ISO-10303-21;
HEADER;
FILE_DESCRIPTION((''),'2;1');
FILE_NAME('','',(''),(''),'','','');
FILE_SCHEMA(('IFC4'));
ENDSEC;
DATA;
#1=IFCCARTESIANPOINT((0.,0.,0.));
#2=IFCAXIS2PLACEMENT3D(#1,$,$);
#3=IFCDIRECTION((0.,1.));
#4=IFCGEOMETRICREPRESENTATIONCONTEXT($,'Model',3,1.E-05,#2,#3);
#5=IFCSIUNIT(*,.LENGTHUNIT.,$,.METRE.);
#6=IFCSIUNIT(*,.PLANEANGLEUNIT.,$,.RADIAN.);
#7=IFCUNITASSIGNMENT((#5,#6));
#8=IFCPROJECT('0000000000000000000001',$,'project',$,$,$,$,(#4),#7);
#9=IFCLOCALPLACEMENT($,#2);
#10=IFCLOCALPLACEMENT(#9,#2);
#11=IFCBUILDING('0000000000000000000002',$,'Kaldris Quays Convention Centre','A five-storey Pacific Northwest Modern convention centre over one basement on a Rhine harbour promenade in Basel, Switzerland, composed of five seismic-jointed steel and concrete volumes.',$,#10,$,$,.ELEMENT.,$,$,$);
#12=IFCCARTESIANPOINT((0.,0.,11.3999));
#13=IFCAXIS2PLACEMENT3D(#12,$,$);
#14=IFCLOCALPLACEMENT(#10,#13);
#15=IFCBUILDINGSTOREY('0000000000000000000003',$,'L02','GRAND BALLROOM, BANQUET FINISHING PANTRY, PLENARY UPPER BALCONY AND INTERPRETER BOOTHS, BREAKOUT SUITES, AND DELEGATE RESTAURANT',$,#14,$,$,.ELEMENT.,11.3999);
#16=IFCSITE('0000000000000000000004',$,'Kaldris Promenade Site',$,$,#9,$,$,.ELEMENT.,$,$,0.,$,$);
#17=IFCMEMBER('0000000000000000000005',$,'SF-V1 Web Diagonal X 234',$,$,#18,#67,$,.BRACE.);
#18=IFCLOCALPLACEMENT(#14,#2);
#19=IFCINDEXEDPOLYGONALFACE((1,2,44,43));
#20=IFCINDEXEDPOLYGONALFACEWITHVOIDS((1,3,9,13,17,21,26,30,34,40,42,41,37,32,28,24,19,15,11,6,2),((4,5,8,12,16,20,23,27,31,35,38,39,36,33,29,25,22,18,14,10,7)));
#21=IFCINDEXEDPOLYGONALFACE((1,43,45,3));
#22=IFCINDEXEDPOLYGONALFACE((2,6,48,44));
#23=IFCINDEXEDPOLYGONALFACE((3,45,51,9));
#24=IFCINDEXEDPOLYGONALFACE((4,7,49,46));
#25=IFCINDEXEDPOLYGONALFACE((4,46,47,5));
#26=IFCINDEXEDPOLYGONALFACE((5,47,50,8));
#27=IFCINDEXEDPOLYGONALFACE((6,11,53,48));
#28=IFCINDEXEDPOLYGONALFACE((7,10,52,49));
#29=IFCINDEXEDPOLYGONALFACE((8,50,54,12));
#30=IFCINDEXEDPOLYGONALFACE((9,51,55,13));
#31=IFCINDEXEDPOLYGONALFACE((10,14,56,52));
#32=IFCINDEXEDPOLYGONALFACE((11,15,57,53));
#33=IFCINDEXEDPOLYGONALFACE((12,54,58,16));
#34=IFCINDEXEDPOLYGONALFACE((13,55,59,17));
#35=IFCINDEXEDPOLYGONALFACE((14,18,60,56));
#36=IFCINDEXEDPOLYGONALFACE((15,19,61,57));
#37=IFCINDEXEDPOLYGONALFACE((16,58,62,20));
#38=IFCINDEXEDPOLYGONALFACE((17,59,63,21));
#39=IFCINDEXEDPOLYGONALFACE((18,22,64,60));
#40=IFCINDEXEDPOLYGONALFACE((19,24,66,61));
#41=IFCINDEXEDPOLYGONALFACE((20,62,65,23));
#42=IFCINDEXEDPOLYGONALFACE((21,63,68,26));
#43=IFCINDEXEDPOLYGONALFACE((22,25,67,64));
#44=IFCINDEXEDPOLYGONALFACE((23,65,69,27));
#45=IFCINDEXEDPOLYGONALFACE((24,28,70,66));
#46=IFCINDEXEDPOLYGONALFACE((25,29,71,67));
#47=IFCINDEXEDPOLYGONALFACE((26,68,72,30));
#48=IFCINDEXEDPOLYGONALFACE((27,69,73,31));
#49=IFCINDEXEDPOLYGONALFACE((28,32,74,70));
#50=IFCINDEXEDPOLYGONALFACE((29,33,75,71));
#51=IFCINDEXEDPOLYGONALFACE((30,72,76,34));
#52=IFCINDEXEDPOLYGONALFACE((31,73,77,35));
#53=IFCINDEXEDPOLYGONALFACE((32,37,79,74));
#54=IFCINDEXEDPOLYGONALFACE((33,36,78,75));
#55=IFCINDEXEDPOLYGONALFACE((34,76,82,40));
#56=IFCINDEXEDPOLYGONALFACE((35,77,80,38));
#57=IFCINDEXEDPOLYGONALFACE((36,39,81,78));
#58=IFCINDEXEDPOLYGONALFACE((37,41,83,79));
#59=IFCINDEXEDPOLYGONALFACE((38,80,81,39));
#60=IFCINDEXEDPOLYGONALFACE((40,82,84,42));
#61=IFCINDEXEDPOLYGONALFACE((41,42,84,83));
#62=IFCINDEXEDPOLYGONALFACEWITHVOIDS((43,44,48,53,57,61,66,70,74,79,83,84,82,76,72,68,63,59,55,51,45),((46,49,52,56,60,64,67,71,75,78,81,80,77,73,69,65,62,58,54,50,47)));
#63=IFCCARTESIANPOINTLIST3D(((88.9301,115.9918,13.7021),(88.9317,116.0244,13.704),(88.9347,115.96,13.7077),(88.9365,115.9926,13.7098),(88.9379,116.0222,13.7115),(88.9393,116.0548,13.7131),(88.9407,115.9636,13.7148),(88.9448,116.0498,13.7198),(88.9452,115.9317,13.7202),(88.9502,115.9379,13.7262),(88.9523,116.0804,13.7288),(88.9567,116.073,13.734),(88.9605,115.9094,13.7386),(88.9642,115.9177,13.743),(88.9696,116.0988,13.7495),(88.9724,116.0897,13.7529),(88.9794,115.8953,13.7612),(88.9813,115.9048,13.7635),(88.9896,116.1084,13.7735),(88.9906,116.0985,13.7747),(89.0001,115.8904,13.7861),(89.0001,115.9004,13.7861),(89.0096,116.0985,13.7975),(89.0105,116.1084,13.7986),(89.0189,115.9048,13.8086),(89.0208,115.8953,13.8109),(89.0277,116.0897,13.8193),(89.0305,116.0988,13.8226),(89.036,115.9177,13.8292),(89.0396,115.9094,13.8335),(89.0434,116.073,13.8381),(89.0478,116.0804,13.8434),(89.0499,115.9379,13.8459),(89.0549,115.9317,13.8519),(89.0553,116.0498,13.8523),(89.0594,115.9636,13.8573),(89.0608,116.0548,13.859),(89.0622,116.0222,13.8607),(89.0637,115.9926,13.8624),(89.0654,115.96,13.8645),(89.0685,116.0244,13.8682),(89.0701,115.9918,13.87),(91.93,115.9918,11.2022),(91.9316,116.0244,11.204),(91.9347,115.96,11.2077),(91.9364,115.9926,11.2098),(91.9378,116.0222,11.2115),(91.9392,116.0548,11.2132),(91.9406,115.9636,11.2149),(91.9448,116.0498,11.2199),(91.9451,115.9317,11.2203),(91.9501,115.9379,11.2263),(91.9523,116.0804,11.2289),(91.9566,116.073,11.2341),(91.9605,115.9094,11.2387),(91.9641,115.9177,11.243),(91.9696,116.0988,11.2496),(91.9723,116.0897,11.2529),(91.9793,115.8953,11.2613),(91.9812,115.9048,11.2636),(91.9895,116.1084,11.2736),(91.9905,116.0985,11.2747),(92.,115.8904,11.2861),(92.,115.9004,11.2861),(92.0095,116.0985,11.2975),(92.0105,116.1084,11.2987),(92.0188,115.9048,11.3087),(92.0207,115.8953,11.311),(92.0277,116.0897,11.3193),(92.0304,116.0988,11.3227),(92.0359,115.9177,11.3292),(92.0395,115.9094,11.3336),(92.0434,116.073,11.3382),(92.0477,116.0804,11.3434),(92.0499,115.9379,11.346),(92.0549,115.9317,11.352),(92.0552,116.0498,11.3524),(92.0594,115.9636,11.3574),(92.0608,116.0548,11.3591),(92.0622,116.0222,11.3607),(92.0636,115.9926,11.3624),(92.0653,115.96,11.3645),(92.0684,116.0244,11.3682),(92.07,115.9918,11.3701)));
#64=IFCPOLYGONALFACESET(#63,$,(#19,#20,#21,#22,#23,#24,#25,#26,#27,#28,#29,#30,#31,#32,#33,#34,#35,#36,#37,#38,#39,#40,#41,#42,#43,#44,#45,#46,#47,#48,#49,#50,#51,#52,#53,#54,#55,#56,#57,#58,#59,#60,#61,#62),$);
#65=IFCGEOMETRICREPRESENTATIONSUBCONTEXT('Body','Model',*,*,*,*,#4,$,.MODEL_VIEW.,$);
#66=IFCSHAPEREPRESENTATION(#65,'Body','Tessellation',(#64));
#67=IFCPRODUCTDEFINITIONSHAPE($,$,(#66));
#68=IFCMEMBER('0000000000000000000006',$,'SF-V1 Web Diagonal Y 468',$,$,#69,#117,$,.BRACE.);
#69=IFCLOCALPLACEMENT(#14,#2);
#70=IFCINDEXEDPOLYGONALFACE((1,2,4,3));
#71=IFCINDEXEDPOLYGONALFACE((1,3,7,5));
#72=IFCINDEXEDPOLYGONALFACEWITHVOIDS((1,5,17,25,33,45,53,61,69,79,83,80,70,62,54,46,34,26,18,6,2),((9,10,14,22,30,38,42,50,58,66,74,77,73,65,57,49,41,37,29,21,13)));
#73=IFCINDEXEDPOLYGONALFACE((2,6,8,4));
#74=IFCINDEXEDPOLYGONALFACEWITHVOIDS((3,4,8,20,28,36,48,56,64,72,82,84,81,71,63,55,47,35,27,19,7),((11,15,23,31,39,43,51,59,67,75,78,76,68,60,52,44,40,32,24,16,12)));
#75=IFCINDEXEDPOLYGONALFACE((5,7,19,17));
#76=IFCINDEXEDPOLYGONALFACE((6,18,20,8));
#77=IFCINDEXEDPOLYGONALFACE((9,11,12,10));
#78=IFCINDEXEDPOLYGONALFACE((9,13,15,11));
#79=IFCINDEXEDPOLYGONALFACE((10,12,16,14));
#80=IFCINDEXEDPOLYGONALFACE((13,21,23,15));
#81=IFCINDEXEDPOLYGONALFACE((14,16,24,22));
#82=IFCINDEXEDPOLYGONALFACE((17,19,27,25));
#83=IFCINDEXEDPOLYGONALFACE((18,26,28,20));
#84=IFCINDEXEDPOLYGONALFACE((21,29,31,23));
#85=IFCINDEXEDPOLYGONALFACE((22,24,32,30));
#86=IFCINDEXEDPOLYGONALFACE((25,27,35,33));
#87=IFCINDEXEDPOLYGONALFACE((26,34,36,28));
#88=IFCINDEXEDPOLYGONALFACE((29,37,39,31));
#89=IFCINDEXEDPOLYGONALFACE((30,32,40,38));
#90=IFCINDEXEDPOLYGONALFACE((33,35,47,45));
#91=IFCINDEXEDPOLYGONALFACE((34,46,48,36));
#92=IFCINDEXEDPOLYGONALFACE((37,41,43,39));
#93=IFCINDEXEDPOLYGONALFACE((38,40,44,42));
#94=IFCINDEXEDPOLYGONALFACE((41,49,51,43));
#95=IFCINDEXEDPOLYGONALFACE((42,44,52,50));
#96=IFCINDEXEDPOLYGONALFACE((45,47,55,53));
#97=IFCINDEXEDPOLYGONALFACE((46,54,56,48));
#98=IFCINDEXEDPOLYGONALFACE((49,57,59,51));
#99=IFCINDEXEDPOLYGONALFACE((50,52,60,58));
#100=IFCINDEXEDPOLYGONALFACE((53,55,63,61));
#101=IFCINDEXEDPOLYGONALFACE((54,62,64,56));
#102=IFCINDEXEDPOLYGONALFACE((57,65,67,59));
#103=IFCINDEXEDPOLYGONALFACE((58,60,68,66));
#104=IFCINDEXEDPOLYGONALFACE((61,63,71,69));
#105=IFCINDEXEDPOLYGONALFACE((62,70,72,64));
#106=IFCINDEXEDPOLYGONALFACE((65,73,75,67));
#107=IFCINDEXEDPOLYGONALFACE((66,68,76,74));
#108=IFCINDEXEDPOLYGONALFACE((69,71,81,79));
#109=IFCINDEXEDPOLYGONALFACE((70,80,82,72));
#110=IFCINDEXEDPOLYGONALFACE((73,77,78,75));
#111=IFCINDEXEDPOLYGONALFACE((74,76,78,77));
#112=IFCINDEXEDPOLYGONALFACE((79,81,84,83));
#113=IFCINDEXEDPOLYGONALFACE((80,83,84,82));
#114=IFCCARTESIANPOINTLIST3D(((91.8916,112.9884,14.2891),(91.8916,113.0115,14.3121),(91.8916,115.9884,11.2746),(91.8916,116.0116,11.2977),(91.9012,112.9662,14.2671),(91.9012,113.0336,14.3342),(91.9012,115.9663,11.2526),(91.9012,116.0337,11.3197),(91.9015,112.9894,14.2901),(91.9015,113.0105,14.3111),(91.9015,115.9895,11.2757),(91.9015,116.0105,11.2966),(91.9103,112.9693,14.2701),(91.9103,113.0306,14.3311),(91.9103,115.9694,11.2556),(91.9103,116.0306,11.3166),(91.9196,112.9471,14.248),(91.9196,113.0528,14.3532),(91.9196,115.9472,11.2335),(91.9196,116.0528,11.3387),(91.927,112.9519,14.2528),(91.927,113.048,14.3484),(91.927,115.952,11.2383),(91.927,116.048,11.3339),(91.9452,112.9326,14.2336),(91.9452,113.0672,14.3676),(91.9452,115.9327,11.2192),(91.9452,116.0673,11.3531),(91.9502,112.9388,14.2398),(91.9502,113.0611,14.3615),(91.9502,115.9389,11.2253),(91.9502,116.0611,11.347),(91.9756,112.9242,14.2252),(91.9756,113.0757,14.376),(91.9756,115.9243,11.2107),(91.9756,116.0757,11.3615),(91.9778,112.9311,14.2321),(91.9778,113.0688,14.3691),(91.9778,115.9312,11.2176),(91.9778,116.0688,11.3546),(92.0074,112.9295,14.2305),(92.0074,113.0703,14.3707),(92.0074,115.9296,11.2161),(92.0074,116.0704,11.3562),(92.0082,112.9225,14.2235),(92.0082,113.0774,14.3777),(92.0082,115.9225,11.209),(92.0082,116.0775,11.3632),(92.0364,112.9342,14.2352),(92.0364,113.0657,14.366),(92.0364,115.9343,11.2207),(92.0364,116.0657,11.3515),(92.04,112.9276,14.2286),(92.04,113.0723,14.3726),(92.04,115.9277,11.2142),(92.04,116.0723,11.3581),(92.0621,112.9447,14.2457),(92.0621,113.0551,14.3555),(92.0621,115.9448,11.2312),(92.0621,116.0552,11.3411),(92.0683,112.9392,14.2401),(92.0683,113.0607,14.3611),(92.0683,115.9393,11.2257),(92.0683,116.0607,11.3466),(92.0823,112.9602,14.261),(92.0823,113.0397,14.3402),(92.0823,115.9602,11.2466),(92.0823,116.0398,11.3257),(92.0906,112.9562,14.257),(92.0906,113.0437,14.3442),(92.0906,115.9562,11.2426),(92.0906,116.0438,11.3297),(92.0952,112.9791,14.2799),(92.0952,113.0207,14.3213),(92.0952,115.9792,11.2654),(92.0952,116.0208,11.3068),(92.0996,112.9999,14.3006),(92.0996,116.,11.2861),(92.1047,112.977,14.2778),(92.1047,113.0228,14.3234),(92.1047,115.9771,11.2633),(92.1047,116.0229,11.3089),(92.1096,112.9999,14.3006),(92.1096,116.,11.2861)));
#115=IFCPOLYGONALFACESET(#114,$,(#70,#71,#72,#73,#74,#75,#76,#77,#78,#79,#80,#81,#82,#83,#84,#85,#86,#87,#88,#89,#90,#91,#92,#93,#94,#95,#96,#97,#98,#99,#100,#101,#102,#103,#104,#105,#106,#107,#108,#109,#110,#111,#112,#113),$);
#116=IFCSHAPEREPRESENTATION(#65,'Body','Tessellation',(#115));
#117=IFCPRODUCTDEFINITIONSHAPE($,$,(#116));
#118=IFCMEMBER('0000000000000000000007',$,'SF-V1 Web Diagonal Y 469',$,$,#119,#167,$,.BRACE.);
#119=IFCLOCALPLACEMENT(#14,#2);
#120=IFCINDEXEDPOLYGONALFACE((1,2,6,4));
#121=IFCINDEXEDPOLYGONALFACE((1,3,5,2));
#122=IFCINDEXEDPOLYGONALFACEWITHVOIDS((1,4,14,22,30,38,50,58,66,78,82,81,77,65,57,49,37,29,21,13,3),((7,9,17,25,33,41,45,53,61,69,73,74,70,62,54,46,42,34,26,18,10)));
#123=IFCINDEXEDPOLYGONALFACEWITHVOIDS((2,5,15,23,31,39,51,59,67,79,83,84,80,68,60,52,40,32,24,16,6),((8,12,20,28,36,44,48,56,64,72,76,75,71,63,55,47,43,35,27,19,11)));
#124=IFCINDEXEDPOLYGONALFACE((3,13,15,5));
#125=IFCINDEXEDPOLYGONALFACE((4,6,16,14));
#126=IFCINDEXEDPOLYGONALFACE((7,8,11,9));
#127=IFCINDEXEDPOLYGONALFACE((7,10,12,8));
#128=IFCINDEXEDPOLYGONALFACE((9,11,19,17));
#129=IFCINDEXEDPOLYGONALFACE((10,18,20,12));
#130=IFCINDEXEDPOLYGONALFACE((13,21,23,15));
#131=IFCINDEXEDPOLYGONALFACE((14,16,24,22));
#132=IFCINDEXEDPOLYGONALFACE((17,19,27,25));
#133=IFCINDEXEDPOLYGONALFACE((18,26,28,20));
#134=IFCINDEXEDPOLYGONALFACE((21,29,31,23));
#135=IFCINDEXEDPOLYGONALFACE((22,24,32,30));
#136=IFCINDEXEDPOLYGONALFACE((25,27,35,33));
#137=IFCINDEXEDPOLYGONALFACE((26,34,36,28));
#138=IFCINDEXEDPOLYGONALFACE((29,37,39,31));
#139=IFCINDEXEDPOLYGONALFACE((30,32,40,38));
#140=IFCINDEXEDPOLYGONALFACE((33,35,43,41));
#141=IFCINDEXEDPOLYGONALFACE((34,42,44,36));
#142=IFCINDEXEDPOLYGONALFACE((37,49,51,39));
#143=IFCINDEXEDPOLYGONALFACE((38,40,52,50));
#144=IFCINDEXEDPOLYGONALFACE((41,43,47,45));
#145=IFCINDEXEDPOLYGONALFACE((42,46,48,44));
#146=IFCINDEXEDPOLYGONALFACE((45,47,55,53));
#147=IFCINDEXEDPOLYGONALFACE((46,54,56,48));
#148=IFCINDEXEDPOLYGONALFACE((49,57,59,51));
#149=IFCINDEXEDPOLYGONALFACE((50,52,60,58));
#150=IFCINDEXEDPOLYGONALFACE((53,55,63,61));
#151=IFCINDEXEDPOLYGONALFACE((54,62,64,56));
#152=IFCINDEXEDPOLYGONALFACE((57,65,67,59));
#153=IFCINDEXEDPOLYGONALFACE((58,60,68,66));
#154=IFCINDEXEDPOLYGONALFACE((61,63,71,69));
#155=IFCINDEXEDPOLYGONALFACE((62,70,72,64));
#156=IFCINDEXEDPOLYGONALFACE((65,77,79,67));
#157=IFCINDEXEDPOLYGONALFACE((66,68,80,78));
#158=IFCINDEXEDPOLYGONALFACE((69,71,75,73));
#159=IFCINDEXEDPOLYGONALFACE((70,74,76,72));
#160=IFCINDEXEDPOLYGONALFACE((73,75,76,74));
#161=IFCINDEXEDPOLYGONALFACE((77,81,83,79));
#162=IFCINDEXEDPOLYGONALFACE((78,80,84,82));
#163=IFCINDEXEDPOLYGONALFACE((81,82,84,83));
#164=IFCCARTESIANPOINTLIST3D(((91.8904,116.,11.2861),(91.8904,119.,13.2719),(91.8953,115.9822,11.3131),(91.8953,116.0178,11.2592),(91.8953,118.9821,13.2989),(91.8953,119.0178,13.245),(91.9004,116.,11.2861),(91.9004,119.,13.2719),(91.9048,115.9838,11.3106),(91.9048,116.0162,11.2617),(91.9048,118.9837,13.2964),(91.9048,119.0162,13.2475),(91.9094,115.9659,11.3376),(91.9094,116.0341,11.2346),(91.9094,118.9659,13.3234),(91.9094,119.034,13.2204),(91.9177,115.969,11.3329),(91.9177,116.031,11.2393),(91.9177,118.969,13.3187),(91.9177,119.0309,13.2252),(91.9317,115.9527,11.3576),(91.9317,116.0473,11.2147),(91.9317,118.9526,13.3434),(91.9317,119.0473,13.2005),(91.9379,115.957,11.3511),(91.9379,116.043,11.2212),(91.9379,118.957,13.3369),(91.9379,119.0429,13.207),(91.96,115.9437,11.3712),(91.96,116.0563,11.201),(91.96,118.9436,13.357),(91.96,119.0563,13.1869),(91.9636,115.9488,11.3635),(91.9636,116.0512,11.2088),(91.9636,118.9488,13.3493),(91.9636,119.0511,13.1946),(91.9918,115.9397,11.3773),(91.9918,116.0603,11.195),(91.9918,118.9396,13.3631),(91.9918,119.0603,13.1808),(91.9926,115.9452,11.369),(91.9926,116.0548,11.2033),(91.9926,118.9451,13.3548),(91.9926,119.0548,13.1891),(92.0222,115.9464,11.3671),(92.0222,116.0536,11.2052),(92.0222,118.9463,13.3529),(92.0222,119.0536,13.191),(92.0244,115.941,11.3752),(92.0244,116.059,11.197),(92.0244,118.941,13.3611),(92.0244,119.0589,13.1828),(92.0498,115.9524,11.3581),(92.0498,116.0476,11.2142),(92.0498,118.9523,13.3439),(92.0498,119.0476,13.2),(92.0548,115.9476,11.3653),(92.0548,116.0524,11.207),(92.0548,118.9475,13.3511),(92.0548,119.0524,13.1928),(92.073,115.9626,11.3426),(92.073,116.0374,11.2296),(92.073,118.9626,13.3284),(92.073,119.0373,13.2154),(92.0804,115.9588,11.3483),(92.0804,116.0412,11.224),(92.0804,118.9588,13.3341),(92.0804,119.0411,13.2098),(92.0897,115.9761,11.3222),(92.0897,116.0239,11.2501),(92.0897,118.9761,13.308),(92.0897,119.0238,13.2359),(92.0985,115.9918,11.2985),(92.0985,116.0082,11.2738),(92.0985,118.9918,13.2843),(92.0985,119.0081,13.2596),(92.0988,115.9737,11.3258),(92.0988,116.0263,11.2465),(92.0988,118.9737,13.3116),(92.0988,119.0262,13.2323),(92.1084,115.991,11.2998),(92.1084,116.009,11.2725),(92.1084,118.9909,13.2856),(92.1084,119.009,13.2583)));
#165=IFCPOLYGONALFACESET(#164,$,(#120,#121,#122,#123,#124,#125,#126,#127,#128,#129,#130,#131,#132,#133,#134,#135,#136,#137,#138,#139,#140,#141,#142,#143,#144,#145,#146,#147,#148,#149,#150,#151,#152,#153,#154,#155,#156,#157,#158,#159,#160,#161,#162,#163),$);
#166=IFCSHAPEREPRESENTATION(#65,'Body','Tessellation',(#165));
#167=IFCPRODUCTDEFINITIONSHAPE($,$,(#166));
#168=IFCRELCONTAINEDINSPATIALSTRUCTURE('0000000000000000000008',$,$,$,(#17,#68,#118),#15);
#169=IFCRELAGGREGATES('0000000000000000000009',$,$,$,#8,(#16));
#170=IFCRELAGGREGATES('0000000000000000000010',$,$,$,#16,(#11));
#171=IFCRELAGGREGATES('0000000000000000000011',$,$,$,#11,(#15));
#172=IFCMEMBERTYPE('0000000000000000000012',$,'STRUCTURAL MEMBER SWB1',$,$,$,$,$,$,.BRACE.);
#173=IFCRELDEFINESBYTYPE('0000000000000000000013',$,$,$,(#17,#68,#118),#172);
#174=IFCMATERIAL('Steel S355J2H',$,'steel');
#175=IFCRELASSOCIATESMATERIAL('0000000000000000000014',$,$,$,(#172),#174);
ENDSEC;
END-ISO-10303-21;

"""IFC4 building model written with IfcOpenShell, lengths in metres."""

from ifc_helpers import new_model, si_unit, direction, frame, origin, origin_2d, place, context, subcontext, project, spatial, hollow_circle, extrude, material, material_profile, profile_set, type_object, element, save


model = new_model("IFC4")

# Units and contexts
model_context = context("Model", 3, precision=1e-05, world=origin(), true_north=direction((0.0, 1.0)))
body_context = subcontext(model_context, "Body", "Model", "MODEL_VIEW")
ifc_project = project(units=[si_unit("LENGTHUNIT", "METRE"), si_unit("PLANEANGLEUNIT", "RADIAN")], contexts=[model_context])

# Site, building, storey
site_placement = place(None, origin())
site = spatial("IfcSite", under=ifc_project, at=site_placement, Name="Kaldris Promenade Site", CompositionType="ELEMENT", RefElevation=0.0)
building_placement = place(site_placement, origin())
building = spatial("IfcBuilding", under=site, at=building_placement, Name="Kaldris Quays Convention Centre", Description="A five-storey Pacific Northwest Modern convention centre over one basement on a Rhine harbour promenade in Basel, Switzerland, composed of five seismic-jointed steel and concrete volumes.", CompositionType="ELEMENT")
storey_placement = place(building_placement, frame((0.0, 0.0, 11.3999)))
storey = spatial("IfcBuildingStorey", under=building, at=storey_placement, Name="L02", Description="GRAND BALLROOM, BANQUET FINISHING PANTRY, PLENARY UPPER BALCONY AND INTERPRETER BOOTHS, BREAKOUT SUITES, AND DELEGATE RESTAURANT", CompositionType="ELEMENT", Elevation=11.3999)

# Members
ifc_material_1 = material(Name="Steel S355J2H", Category="steel")
ifc_material_profile_1 = material_profile(ifc_material_1, hollow_circle(Radius=0.1096, WallThickness=0.01, at=origin_2d()), Name="CHS 219.1x10")
ifc_profile_set_1 = profile_set([ifc_material_profile_1], Name="Steel S355J2H")
member_type_1 = type_object("IfcMemberType", Name="STRUCTURAL MEMBER SWB1", PredefinedType="BRACE", material=ifc_profile_set_1)
for number, where, z_axis, x_axis, name in (
    (1, (92.0, 116.0, 11.2861), (-0.768221, 0.0, 0.640184), (0.0, -1.0, 0.0), "SF-V1 Web Diagonal X 234"),
):
    element("IfcMember", number, at=place(storey_placement, frame(where, z_axis=z_axis, x_axis=x_axis)), inside=storey, type_object=member_type_1, Name=name, PredefinedType="BRACE", context=body_context, shape_type="SweptSolid", body=[
        extrude(hollow_circle(Radius=0.1096, WallThickness=0.01, at=origin_2d()), origin(), (0.0, 0.0, 1.0), 3.905),
    ])
member_1_placement = place(storey_placement, frame((92.0, 116.0, 11.2861), z_axis=(0.0, -0.705411, 0.708798), x_axis=(1.0, 0.0, 0.0)))
element("IfcMember", 2, at=member_1_placement, inside=storey, type_object=member_type_1, Name="SF-V1 Web Diagonal Y 468", PredefinedType="BRACE", context=body_context, shape_type="SweptSolid", body=[
    extrude(hollow_circle(Radius=0.1096, WallThickness=0.01, at=origin_2d()), origin(), (0.0, 0.0, 1.0), 4.2529),
])
member_2_placement = place(storey_placement, frame((92.0, 116.0, 11.2861), z_axis=(0.0, 0.833862, 0.551972), x_axis=(-1.0, 0.0, 0.0)))
element("IfcMember", 3, at=member_2_placement, inside=storey, type_object=member_type_1, Name="SF-V1 Web Diagonal Y 469", PredefinedType="BRACE", context=body_context, shape_type="SweptSolid", body=[
    extrude(hollow_circle(Radius=0.1096, WallThickness=0.01, at=origin_2d()), origin(), (0.0, 0.0, 1.0), 3.5977),
])

save(model, "model.ifc")
